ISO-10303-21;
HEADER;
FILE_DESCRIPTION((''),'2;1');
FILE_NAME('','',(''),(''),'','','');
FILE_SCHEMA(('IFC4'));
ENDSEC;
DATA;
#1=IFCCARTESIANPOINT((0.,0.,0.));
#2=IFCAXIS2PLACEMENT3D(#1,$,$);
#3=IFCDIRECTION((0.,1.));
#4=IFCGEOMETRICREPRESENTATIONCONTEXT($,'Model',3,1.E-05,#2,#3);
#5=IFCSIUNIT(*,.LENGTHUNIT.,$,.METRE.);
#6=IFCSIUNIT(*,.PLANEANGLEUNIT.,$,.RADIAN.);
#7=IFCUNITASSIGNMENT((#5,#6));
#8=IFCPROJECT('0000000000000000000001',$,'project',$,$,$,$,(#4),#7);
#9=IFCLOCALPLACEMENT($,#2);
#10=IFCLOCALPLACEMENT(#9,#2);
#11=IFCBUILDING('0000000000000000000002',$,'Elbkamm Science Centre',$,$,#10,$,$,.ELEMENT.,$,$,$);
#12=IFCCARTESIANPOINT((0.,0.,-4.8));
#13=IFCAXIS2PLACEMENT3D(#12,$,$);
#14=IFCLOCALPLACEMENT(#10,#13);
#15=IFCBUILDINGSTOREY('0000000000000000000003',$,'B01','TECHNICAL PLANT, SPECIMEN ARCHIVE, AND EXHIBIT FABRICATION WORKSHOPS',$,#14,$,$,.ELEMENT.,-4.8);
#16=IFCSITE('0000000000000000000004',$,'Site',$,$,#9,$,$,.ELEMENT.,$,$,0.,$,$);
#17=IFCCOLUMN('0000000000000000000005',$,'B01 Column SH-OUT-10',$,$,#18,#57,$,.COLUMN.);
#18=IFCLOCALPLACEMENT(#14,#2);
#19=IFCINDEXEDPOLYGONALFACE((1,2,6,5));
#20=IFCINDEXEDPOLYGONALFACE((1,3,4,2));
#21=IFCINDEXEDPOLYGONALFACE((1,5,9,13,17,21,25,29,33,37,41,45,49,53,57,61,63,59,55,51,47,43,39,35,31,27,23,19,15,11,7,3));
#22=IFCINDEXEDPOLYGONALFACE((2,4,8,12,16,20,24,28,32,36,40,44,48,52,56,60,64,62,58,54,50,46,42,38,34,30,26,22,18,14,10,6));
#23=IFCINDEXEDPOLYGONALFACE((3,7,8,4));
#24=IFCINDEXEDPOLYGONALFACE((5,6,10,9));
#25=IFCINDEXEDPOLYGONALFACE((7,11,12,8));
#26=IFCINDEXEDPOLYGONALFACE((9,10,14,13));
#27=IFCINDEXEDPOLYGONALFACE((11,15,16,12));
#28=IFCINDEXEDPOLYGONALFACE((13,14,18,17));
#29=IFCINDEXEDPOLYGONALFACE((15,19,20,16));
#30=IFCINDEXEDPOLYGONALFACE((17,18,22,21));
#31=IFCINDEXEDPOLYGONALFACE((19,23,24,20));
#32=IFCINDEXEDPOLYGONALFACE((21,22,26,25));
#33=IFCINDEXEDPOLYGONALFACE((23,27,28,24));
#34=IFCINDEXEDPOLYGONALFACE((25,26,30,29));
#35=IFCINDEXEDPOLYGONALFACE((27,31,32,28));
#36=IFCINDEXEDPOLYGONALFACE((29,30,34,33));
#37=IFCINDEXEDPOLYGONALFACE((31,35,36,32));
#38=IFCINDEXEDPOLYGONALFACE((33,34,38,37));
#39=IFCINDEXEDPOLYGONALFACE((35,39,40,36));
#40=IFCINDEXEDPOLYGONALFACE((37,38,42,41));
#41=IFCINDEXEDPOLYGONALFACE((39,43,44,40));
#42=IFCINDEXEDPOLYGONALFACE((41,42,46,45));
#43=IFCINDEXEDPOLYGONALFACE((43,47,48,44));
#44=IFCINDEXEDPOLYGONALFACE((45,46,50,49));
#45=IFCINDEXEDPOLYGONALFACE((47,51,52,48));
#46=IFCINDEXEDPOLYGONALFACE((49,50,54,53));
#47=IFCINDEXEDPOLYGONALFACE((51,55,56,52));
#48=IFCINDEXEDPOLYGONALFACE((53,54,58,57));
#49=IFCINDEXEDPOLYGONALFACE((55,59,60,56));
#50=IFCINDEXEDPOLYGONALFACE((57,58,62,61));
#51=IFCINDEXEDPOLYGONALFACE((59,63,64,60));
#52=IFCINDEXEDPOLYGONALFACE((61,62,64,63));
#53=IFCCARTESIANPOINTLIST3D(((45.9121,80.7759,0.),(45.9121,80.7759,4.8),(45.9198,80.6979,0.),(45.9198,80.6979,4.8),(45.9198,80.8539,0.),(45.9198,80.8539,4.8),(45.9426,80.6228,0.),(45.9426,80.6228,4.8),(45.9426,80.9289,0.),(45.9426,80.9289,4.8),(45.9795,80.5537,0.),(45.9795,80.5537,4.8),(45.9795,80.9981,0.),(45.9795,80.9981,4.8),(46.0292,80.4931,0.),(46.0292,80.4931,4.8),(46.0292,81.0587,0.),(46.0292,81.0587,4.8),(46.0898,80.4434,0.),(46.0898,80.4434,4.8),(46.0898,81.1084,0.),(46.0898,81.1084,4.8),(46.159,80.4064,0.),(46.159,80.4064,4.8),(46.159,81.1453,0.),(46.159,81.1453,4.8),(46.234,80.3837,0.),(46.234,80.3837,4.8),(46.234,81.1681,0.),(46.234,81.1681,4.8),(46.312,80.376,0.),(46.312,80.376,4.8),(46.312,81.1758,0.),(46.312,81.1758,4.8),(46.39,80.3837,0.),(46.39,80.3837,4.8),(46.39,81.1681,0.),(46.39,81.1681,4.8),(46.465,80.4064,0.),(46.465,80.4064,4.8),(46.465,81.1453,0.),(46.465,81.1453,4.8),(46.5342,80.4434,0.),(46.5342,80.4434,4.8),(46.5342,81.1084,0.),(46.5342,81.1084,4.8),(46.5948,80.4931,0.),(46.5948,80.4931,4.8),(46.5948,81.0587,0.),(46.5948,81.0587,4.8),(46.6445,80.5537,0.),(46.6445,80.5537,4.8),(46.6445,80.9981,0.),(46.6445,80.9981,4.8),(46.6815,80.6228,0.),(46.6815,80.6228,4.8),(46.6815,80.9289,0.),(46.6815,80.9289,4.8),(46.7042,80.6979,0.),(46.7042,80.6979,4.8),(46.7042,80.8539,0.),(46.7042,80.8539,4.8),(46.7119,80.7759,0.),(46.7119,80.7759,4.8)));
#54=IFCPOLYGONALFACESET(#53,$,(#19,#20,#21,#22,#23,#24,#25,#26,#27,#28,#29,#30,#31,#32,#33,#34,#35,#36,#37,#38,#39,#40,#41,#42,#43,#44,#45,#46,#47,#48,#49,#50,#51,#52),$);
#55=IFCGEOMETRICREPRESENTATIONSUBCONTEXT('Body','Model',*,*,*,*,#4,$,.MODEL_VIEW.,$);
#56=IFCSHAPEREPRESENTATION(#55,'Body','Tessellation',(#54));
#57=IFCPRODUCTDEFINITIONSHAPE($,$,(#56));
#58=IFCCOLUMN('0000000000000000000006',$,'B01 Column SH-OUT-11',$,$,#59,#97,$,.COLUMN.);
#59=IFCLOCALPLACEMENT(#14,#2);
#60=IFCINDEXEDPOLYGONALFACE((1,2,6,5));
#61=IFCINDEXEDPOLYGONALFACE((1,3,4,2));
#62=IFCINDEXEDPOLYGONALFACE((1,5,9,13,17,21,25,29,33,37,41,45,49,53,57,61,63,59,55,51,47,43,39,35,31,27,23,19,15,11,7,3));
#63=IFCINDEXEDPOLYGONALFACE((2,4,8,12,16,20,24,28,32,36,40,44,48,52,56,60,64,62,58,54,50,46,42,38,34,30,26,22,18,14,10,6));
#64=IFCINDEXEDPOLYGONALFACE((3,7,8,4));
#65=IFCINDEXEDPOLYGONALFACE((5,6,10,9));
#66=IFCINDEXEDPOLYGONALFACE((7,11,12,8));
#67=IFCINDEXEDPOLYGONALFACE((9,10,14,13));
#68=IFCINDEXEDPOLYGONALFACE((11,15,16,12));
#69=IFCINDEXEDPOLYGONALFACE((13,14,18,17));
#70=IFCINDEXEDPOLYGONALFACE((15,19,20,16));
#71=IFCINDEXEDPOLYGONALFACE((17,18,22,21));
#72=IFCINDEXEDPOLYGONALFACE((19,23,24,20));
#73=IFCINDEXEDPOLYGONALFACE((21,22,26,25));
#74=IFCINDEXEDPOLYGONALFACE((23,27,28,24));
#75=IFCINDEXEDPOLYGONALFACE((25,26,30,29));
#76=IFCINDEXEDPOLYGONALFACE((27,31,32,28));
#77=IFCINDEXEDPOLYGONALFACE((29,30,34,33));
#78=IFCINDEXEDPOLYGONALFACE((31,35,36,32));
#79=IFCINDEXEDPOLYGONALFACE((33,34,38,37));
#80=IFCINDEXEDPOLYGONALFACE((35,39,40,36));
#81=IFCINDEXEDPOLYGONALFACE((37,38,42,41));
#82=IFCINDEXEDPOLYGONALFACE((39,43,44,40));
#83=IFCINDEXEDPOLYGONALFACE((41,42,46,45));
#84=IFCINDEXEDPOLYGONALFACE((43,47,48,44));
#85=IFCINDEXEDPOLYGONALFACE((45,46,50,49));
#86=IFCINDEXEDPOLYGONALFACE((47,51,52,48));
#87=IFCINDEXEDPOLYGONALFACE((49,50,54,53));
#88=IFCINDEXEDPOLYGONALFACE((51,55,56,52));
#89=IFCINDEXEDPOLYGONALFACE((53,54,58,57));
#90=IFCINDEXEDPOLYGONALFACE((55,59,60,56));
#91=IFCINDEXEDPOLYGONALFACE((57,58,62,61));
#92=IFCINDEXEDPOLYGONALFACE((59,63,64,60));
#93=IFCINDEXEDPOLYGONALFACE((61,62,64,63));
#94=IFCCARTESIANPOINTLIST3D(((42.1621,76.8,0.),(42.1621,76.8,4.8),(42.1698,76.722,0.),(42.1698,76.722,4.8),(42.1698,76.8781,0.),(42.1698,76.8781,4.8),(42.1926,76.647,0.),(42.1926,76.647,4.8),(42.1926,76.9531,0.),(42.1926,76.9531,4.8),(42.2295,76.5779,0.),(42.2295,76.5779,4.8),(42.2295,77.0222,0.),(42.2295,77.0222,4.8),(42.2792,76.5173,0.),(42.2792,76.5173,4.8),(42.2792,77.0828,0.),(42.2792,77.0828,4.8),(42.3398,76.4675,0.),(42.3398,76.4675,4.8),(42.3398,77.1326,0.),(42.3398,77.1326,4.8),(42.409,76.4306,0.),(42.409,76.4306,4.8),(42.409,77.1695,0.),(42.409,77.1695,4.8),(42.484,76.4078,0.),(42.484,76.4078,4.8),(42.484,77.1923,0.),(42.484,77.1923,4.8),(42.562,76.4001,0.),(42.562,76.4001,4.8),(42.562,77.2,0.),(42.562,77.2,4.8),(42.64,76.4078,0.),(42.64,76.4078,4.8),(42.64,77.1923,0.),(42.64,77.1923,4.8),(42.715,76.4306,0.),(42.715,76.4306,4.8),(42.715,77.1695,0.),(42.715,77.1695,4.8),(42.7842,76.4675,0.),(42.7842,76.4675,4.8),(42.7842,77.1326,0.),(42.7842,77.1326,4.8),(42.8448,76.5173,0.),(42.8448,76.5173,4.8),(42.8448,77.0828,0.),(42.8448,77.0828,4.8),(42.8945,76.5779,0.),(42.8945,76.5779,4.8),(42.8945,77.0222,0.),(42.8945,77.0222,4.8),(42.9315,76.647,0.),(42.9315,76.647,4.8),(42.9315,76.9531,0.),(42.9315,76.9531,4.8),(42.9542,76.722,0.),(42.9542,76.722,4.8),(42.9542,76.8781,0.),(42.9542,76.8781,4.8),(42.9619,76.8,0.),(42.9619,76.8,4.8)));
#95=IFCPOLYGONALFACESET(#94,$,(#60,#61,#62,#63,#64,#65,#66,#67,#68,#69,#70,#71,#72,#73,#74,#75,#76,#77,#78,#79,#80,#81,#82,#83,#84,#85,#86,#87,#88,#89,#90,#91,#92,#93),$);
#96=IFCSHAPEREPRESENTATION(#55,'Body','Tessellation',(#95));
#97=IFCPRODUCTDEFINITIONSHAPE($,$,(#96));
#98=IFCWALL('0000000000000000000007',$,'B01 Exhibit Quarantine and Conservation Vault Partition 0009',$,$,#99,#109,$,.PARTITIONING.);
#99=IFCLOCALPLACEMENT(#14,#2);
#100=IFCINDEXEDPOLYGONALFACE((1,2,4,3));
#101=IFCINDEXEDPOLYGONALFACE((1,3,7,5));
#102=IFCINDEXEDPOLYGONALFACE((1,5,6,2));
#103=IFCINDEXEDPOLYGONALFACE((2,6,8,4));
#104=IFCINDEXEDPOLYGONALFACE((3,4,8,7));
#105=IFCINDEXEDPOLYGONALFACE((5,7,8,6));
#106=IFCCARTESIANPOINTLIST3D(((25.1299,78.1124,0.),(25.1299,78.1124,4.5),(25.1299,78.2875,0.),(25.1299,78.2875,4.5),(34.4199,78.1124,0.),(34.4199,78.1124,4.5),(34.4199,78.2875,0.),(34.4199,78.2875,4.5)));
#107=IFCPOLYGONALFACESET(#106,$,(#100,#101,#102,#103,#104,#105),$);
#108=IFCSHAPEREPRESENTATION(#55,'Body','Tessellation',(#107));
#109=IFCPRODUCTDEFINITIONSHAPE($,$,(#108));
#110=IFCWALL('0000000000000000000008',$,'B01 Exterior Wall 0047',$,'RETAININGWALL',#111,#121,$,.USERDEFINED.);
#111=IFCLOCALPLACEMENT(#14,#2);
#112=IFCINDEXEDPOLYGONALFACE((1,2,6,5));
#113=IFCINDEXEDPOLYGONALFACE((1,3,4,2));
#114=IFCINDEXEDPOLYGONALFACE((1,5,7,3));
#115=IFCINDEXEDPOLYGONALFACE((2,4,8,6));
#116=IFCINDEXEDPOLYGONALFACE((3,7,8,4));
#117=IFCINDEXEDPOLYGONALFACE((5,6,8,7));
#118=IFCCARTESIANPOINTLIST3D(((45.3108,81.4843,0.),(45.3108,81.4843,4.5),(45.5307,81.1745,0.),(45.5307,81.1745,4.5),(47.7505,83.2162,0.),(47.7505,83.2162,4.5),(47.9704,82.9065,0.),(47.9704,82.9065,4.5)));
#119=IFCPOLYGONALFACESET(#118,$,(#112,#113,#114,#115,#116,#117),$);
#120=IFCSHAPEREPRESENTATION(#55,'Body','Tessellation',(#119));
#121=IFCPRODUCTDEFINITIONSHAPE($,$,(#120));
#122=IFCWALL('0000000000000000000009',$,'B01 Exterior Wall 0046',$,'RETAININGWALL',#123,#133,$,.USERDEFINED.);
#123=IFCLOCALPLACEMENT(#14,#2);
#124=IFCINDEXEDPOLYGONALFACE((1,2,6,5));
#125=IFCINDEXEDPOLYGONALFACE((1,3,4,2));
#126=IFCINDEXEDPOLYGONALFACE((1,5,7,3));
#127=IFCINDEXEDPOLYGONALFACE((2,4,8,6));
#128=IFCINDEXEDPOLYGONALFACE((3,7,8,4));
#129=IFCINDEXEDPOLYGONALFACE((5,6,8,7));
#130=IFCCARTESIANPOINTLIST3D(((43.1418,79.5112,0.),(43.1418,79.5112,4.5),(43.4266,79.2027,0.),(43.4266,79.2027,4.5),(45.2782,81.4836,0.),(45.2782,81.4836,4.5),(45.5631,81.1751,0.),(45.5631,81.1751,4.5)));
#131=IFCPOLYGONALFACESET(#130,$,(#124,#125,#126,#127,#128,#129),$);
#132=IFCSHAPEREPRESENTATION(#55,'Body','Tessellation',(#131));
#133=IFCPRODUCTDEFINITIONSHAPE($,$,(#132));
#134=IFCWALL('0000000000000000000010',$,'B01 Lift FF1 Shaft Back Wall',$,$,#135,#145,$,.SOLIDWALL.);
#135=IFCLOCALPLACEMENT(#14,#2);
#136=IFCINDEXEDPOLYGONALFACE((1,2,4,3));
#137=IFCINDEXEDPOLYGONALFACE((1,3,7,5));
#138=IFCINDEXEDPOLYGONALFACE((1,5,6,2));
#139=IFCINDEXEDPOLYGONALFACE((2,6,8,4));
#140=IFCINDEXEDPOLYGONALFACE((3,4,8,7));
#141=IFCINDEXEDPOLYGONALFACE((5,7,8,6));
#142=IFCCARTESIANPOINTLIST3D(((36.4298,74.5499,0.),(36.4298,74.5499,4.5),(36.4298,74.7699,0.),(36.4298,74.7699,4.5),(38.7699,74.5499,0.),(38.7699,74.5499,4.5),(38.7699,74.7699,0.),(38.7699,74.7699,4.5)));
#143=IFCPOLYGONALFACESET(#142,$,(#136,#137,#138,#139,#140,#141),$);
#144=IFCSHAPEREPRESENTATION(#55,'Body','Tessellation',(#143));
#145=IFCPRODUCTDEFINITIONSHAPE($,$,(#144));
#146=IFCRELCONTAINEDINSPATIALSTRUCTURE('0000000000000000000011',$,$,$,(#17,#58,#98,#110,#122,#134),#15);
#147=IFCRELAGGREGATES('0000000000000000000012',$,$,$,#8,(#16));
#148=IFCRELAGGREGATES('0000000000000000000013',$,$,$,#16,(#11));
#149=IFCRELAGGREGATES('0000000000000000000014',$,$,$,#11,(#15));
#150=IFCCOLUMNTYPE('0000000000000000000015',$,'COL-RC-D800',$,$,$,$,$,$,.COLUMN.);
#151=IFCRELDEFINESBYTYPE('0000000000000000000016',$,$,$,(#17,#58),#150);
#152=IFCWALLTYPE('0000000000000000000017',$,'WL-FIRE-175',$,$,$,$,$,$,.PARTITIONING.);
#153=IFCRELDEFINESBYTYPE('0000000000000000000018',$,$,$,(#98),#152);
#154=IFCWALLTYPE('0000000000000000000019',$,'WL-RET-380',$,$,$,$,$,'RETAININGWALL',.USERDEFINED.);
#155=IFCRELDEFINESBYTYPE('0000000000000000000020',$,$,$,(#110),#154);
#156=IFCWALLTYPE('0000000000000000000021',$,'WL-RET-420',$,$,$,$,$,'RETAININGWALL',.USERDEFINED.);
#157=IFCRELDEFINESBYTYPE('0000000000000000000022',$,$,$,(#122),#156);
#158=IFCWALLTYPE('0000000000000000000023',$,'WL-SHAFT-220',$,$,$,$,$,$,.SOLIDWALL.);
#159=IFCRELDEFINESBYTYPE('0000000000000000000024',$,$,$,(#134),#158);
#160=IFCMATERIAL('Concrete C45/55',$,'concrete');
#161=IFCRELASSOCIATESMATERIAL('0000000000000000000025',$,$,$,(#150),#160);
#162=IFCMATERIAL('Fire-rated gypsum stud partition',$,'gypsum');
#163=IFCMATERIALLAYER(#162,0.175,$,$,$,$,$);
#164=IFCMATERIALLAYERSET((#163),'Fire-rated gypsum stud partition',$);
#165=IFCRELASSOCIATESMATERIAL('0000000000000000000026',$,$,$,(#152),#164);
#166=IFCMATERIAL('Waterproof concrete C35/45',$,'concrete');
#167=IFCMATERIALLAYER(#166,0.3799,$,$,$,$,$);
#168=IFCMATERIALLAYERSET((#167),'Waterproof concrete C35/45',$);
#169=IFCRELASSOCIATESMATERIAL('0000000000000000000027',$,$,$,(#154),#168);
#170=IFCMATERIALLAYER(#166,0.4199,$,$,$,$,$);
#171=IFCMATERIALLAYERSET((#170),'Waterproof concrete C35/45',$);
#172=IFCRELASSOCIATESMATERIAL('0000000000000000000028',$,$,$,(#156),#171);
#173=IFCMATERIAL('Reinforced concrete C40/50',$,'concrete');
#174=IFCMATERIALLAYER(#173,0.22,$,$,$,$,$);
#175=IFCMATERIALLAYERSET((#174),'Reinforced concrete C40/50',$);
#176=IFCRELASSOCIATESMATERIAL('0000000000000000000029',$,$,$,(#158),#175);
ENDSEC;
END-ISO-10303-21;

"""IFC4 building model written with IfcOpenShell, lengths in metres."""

from ifc_helpers import new_model, si_unit, direction, frame, frame_2d, origin, origin_2d, place, context, subcontext, project, spatial, rectangle, circle, extrude, material, layer, layer_set, material_profile, profile_set, type_object, element, save


model = new_model("IFC4")

# Units and contexts
model_context = context("Model", 3, precision=1e-05, world=origin(), true_north=direction((0.0, 1.0)))
body_context = subcontext(model_context, "Body", "Model", "MODEL_VIEW")
ifc_project = project(units=[si_unit("LENGTHUNIT", "METRE"), si_unit("PLANEANGLEUNIT", "RADIAN")], contexts=[model_context])

# Site, building, storey
site_placement = place(None, origin())
site = spatial("IfcSite", under=ifc_project, at=site_placement, Name="Site", CompositionType="ELEMENT", RefElevation=0.0)
building_placement = place(site_placement, origin())
building = spatial("IfcBuilding", under=site, at=building_placement, Name="Elbkamm Science Centre", CompositionType="ELEMENT")
storey_placement = place(building_placement, frame((0.0, 0.0, -4.8)))
storey = spatial("IfcBuildingStorey", under=building, at=storey_placement, Name="B01", Description="TECHNICAL PLANT, SPECIMEN ARCHIVE, AND EXHIBIT FABRICATION WORKSHOPS", CompositionType="ELEMENT", Elevation=-4.8)

# Columns
ifc_material_1 = material(Name="Concrete C45/55", Category="concrete")
ifc_material_profile_1 = material_profile(ifc_material_1, circle(Radius=0.3999, at=origin_2d()), Name="RC D800")
ifc_profile_set_1 = profile_set([ifc_material_profile_1], Name="Concrete C45/55")
column_type_1 = type_object("IfcColumnType", Name="COL-RC-D800", PredefinedType="COLUMN", material=ifc_profile_set_1)
for number, where, z_axis, x_axis, name in (
    (1, (46.312, 80.7759, 0.0), (0.0, 0.0, 1.0), (1.0, 0.0, 0.0), "B01 Column SH-OUT-10"),
    (2, (42.562, 76.8, 0.0), (0.0, 0.0, 1.0), (1.0, 0.0, 0.0), "B01 Column SH-OUT-11"),
):
    element("IfcColumn", number, at=place(storey_placement, frame(where, z_axis=z_axis, x_axis=x_axis)), inside=storey, type_object=column_type_1, Name=name, PredefinedType="COLUMN", context=body_context, shape_type="SweptSolid", body=[
        extrude(circle(Radius=0.3999, at=origin_2d()), origin(), (0.0, 0.0, 1.0), 4.8),
    ])

# Walls
ifc_material_2 = material(Name="Fire-rated gypsum stud partition", Category="gypsum")
ifc_layer_1 = layer(ifc_material_2, 0.175)
ifc_layer_set_1 = layer_set([ifc_layer_1], Name="Fire-rated gypsum stud partition")
wall_type_1 = type_object("IfcWallType", Name="WL-FIRE-175", PredefinedType="PARTITIONING", material=ifc_layer_set_1)
wall_1_placement = place(storey_placement, frame((34.4199, 78.2, 0.0), z_axis=(0.0, 0.0, 1.0), x_axis=(-1.0, 0.0, 0.0)))
element("IfcWall", 3, at=wall_1_placement, inside=storey, type_object=wall_type_1, Name="B01 Exhibit Quarantine and Conservation Vault Partition 0009", PredefinedType="PARTITIONING", context=body_context, shape_type="SweptSolid", body=[
    extrude(rectangle(XDim=9.29, YDim=0.175, at=frame_2d((4.645, 0.0))), origin(), (0.0, 0.0, 1.0), 4.5),
])
ifc_material_3 = material(Name="Waterproof concrete C35/45", Category="concrete")
ifc_layer_2 = layer(ifc_material_3, 0.3799)
ifc_layer_set_2 = layer_set([ifc_layer_2], Name="Waterproof concrete C35/45")
wall_type_2 = type_object("IfcWallType", Name="WL-RET-380", ElementType="RETAININGWALL", PredefinedType="USERDEFINED", material=ifc_layer_set_2)
wall_2_placement = place(storey_placement, frame((45.4207, 81.3293, 0.0), z_axis=(0.0, 0.0, 1.0), x_axis=(0.815423, 0.578866, 0.0)))
element("IfcWall", 4, at=wall_2_placement, inside=storey, type_object=wall_type_2, Name="B01 Exterior Wall 0047", ObjectType="RETAININGWALL", PredefinedType="USERDEFINED", context=body_context, shape_type="SweptSolid", body=[
    extrude(rectangle(XDim=2.9919, YDim=0.3799, at=frame_2d((1.4961, 0.0))), origin(), (0.0, 0.0, 1.0), 4.5),
])
ifc_layer_3 = layer(ifc_material_3, 0.4199)
ifc_layer_set_3 = layer_set([ifc_layer_3], Name="Waterproof concrete C35/45")
wall_type_3 = type_object("IfcWallType", Name="WL-RET-420", ElementType="RETAININGWALL", PredefinedType="USERDEFINED", material=ifc_layer_set_3)
wall_3_placement = place(storey_placement, frame((43.2842, 79.3569, 0.0), z_axis=(0.0, 0.0, 1.0), x_axis=(0.734755, 0.678332, 0.0)))
element("IfcWall", 5, at=wall_3_placement, inside=storey, type_object=wall_type_3, Name="B01 Exterior Wall 0046", ObjectType="RETAININGWALL", PredefinedType="USERDEFINED", context=body_context, shape_type="SweptSolid", body=[
    extrude(rectangle(XDim=2.9077, YDim=0.4199, at=frame_2d((1.4539, 0.0))), origin(), (0.0, 0.0, 1.0), 4.5),
])
ifc_material_4 = material(Name="Reinforced concrete C40/50", Category="concrete")
ifc_layer_4 = layer(ifc_material_4, 0.22)
ifc_layer_set_4 = layer_set([ifc_layer_4], Name="Reinforced concrete C40/50")
wall_type_4 = type_object("IfcWallType", Name="WL-SHAFT-220", PredefinedType="SOLIDWALL", material=ifc_layer_set_4)
wall_4_placement = place(storey_placement, frame((36.4299, 74.6599, 0.0), z_axis=(0.0, 0.0, 1.0), x_axis=(1.0, 0.0, 0.0)))
element("IfcWall", 6, at=wall_4_placement, inside=storey, type_object=wall_type_4, Name="B01 Lift FF1 Shaft Back Wall", PredefinedType="SOLIDWALL", context=body_context, shape_type="SweptSolid", body=[
    extrude(rectangle(XDim=2.3401, YDim=0.22, at=frame_2d((1.1699, 0.0))), origin(), (0.0, 0.0, 1.0), 4.5),
])

save(model, "model.ifc")
